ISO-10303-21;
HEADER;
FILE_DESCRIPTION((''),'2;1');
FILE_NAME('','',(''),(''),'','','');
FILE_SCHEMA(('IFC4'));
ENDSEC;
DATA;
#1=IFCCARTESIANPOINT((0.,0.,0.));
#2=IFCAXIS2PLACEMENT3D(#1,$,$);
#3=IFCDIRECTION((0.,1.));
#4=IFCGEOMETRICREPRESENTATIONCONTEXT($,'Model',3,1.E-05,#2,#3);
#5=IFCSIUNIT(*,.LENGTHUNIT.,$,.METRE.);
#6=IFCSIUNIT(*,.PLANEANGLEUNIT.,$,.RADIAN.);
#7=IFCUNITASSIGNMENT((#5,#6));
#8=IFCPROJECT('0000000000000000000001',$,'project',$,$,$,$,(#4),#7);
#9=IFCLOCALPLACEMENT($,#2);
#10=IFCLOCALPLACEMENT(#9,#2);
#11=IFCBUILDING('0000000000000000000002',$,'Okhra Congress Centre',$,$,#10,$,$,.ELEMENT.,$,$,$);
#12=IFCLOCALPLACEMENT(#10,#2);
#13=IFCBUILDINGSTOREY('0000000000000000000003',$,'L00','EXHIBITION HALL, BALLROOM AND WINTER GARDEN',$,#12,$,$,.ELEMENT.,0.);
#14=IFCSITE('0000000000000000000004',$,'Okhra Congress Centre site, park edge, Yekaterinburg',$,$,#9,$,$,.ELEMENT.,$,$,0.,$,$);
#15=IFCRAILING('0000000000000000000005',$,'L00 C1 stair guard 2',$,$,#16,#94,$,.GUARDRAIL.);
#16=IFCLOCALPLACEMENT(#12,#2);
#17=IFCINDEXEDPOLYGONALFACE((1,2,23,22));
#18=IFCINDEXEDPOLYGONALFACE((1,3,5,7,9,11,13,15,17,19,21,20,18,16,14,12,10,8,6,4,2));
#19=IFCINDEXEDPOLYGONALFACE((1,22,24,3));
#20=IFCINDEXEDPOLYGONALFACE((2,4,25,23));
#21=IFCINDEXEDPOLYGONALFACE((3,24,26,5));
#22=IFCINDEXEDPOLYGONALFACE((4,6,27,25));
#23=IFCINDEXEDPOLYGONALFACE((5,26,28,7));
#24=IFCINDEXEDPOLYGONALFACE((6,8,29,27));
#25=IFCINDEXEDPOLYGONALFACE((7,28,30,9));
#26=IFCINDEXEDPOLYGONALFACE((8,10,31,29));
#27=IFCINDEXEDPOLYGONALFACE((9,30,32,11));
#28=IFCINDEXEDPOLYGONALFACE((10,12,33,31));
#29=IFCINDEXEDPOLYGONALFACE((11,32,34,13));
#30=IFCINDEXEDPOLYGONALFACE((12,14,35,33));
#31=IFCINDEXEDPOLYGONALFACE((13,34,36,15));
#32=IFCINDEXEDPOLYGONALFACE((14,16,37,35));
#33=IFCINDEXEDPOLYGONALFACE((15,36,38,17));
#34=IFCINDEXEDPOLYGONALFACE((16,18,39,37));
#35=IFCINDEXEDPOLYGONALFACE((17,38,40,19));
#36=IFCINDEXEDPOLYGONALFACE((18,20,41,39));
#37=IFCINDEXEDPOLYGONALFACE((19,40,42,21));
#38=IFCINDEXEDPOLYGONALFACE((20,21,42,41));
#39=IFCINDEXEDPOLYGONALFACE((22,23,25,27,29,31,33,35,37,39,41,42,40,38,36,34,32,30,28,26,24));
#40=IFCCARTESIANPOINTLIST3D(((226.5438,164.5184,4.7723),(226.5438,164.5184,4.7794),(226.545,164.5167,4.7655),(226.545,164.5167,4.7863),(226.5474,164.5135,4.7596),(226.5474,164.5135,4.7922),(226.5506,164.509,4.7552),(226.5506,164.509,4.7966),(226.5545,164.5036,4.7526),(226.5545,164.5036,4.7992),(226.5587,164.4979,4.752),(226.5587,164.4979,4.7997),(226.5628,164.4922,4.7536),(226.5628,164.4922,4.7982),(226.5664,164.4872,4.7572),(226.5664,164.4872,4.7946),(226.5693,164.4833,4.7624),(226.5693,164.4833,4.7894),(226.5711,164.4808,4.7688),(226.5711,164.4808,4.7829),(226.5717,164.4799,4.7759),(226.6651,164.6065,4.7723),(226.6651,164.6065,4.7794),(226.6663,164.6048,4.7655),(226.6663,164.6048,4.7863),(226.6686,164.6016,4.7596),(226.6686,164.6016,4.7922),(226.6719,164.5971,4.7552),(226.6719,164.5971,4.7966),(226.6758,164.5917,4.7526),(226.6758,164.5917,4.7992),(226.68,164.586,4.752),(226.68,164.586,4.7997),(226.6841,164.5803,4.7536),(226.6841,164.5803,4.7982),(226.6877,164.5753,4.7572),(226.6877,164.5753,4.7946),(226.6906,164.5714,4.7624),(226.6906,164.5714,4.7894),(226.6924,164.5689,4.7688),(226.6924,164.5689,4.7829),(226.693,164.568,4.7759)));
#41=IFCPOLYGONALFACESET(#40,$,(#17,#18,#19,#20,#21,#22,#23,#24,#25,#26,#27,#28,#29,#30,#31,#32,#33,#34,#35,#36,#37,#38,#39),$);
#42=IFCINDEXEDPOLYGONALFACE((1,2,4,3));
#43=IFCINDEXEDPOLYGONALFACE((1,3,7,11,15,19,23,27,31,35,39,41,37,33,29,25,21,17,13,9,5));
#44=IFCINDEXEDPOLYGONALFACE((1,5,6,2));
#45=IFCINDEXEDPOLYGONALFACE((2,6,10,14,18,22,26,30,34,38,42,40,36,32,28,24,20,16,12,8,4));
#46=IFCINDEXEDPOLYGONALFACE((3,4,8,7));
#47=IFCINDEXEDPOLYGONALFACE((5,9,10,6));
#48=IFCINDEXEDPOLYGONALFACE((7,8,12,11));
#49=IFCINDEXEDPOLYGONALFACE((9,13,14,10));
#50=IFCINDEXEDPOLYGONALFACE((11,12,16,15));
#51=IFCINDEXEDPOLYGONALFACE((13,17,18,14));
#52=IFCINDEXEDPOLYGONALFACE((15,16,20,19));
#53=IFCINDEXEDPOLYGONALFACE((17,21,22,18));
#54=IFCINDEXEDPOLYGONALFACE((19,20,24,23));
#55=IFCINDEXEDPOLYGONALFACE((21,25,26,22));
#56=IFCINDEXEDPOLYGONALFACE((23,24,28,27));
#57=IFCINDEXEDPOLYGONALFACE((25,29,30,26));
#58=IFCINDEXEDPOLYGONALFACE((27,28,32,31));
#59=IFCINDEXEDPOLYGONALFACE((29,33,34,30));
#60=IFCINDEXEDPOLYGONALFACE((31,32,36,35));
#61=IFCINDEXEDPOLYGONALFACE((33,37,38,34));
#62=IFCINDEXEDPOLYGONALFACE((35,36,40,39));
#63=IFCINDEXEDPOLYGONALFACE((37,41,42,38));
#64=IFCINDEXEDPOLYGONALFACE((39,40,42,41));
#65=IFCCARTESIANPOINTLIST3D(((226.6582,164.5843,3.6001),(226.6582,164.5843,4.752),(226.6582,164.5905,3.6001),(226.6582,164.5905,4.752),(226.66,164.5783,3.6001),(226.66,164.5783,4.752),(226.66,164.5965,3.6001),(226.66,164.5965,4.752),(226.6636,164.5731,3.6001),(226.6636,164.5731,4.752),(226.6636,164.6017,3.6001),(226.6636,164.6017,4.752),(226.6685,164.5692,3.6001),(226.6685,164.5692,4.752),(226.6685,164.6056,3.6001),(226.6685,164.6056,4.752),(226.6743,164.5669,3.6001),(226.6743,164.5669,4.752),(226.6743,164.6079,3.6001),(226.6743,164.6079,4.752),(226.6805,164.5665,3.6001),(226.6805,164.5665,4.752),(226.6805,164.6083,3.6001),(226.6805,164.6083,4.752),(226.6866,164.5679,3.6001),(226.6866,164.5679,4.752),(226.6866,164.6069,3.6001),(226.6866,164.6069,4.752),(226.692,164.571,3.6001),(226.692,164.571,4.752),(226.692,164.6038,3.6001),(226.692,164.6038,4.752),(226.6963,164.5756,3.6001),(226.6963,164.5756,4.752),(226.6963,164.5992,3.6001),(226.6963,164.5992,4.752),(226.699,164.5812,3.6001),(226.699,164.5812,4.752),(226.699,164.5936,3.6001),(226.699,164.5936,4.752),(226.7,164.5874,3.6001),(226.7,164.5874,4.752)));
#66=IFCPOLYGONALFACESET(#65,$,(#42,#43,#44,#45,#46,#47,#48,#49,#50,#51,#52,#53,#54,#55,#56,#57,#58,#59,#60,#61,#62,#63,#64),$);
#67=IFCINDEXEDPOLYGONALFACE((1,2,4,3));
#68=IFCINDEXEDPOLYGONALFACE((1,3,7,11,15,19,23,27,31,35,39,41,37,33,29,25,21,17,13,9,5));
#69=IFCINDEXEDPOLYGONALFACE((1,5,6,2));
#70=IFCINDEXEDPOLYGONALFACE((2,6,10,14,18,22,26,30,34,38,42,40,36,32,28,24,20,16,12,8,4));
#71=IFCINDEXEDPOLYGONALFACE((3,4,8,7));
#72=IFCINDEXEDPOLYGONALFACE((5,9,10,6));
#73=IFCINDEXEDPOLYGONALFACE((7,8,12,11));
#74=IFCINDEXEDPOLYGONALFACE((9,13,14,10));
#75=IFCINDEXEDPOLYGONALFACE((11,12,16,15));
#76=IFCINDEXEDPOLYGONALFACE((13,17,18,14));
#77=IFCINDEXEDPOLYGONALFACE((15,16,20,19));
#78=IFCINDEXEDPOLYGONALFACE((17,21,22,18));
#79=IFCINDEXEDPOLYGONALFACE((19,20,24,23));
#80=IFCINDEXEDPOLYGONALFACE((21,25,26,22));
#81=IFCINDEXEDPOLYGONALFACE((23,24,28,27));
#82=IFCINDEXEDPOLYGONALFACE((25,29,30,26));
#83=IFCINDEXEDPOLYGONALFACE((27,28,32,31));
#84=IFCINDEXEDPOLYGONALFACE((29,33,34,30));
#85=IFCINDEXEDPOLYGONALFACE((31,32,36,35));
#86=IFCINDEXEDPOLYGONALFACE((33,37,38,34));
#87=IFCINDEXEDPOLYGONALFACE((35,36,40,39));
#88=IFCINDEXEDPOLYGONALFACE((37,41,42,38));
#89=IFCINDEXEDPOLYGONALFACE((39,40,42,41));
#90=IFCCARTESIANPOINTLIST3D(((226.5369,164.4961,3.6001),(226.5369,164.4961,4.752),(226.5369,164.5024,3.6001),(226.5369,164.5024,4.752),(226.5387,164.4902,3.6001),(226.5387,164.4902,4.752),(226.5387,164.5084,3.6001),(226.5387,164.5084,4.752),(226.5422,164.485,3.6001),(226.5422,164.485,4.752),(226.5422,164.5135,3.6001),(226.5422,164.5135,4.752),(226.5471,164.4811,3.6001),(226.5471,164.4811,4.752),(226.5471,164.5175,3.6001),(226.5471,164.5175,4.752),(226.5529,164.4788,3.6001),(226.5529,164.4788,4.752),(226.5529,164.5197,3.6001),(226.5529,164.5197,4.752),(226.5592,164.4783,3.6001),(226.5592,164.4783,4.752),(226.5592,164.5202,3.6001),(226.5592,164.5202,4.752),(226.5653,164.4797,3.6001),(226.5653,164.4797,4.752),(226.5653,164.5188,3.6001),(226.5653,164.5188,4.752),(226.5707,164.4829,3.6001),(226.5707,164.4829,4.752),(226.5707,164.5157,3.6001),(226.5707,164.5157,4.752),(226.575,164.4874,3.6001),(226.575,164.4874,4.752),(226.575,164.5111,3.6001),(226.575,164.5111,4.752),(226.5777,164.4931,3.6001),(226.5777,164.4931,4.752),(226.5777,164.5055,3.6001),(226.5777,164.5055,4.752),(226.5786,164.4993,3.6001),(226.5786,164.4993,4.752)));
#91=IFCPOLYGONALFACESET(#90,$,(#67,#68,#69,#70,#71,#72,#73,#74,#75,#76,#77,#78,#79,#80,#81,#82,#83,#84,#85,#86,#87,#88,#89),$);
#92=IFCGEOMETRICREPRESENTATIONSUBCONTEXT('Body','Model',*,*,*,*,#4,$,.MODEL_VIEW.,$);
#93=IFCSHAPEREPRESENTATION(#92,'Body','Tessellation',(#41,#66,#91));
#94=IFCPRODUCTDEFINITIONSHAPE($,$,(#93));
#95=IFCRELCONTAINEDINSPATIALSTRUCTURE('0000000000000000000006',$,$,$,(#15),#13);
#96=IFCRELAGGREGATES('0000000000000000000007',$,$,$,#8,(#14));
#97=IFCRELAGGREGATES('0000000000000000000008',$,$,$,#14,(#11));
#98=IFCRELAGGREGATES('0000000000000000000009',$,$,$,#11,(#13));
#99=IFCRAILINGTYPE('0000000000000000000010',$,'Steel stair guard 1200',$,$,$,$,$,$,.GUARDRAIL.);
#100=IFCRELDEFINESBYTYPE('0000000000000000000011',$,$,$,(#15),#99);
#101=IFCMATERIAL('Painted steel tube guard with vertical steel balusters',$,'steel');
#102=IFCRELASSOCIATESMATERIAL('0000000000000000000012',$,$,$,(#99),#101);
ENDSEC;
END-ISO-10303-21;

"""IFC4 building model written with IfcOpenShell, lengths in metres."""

from ifc_helpers import new_model, si_unit, direction, frame, origin, origin_2d, place, context, subcontext, project, spatial, circle, extrude, material, type_object, element, save


model = new_model("IFC4")

# Units and contexts
model_context = context("Model", 3, precision=1e-05, world=origin(), true_north=direction((0.0, 1.0)))
body_context = subcontext(model_context, "Body", "Model", "MODEL_VIEW")
ifc_project = project(units=[si_unit("LENGTHUNIT", "METRE"), si_unit("PLANEANGLEUNIT", "RADIAN")], contexts=[model_context])

# Site, building, storey
site_placement = place(None, origin())
site = spatial("IfcSite", under=ifc_project, at=site_placement, Name="Okhra Congress Centre site, park edge, Yekaterinburg", CompositionType="ELEMENT", RefElevation=0.0)
building_placement = place(site_placement, origin())
building = spatial("IfcBuilding", under=site, at=building_placement, Name="Okhra Congress Centre", CompositionType="ELEMENT")
storey_placement = place(building_placement, origin())
storey = spatial("IfcBuildingStorey", under=building, at=storey_placement, Name="L00", Description="EXHIBITION HALL, BALLROOM AND WINTER GARDEN", CompositionType="ELEMENT", Elevation=0.0)

# Railing
ifc_material_1 = material(Name="Painted steel tube guard with vertical steel balusters", Category="steel")
railing_type_1 = type_object("IfcRailingType", Name="Steel stair guard 1200", PredefinedType="GUARDRAIL", material=ifc_material_1)
railing_1_placement = place(storey_placement, frame((226.679, 164.5874, 3.6001)))
element("IfcRailing", 1, at=railing_1_placement, inside=storey, type_object=railing_type_1, Name="L00 C1 stair guard 2", PredefinedType="GUARDRAIL", context=body_context, shape_type="SweptSolid", body=[
    extrude(circle(Radius=0.0239, at=origin_2d()), frame((0.0, 0.0, 1.1758), z_axis=(-0.809088, -0.587688, 0.0), x_axis=(0.587688, -0.809088, 0.0)), (0.0, 0.0, 1.0), 0.1499),
    extrude(circle(Radius=0.021, at=origin_2d()), origin(), (0.0, 0.0, 1.0), 1.1519),
    extrude(circle(Radius=0.021, at=origin_2d()), frame((-0.1213, -0.0881, 0.0)), (0.0, 0.0, 1.0), 1.1519),
])

save(model, "model.ifc")
